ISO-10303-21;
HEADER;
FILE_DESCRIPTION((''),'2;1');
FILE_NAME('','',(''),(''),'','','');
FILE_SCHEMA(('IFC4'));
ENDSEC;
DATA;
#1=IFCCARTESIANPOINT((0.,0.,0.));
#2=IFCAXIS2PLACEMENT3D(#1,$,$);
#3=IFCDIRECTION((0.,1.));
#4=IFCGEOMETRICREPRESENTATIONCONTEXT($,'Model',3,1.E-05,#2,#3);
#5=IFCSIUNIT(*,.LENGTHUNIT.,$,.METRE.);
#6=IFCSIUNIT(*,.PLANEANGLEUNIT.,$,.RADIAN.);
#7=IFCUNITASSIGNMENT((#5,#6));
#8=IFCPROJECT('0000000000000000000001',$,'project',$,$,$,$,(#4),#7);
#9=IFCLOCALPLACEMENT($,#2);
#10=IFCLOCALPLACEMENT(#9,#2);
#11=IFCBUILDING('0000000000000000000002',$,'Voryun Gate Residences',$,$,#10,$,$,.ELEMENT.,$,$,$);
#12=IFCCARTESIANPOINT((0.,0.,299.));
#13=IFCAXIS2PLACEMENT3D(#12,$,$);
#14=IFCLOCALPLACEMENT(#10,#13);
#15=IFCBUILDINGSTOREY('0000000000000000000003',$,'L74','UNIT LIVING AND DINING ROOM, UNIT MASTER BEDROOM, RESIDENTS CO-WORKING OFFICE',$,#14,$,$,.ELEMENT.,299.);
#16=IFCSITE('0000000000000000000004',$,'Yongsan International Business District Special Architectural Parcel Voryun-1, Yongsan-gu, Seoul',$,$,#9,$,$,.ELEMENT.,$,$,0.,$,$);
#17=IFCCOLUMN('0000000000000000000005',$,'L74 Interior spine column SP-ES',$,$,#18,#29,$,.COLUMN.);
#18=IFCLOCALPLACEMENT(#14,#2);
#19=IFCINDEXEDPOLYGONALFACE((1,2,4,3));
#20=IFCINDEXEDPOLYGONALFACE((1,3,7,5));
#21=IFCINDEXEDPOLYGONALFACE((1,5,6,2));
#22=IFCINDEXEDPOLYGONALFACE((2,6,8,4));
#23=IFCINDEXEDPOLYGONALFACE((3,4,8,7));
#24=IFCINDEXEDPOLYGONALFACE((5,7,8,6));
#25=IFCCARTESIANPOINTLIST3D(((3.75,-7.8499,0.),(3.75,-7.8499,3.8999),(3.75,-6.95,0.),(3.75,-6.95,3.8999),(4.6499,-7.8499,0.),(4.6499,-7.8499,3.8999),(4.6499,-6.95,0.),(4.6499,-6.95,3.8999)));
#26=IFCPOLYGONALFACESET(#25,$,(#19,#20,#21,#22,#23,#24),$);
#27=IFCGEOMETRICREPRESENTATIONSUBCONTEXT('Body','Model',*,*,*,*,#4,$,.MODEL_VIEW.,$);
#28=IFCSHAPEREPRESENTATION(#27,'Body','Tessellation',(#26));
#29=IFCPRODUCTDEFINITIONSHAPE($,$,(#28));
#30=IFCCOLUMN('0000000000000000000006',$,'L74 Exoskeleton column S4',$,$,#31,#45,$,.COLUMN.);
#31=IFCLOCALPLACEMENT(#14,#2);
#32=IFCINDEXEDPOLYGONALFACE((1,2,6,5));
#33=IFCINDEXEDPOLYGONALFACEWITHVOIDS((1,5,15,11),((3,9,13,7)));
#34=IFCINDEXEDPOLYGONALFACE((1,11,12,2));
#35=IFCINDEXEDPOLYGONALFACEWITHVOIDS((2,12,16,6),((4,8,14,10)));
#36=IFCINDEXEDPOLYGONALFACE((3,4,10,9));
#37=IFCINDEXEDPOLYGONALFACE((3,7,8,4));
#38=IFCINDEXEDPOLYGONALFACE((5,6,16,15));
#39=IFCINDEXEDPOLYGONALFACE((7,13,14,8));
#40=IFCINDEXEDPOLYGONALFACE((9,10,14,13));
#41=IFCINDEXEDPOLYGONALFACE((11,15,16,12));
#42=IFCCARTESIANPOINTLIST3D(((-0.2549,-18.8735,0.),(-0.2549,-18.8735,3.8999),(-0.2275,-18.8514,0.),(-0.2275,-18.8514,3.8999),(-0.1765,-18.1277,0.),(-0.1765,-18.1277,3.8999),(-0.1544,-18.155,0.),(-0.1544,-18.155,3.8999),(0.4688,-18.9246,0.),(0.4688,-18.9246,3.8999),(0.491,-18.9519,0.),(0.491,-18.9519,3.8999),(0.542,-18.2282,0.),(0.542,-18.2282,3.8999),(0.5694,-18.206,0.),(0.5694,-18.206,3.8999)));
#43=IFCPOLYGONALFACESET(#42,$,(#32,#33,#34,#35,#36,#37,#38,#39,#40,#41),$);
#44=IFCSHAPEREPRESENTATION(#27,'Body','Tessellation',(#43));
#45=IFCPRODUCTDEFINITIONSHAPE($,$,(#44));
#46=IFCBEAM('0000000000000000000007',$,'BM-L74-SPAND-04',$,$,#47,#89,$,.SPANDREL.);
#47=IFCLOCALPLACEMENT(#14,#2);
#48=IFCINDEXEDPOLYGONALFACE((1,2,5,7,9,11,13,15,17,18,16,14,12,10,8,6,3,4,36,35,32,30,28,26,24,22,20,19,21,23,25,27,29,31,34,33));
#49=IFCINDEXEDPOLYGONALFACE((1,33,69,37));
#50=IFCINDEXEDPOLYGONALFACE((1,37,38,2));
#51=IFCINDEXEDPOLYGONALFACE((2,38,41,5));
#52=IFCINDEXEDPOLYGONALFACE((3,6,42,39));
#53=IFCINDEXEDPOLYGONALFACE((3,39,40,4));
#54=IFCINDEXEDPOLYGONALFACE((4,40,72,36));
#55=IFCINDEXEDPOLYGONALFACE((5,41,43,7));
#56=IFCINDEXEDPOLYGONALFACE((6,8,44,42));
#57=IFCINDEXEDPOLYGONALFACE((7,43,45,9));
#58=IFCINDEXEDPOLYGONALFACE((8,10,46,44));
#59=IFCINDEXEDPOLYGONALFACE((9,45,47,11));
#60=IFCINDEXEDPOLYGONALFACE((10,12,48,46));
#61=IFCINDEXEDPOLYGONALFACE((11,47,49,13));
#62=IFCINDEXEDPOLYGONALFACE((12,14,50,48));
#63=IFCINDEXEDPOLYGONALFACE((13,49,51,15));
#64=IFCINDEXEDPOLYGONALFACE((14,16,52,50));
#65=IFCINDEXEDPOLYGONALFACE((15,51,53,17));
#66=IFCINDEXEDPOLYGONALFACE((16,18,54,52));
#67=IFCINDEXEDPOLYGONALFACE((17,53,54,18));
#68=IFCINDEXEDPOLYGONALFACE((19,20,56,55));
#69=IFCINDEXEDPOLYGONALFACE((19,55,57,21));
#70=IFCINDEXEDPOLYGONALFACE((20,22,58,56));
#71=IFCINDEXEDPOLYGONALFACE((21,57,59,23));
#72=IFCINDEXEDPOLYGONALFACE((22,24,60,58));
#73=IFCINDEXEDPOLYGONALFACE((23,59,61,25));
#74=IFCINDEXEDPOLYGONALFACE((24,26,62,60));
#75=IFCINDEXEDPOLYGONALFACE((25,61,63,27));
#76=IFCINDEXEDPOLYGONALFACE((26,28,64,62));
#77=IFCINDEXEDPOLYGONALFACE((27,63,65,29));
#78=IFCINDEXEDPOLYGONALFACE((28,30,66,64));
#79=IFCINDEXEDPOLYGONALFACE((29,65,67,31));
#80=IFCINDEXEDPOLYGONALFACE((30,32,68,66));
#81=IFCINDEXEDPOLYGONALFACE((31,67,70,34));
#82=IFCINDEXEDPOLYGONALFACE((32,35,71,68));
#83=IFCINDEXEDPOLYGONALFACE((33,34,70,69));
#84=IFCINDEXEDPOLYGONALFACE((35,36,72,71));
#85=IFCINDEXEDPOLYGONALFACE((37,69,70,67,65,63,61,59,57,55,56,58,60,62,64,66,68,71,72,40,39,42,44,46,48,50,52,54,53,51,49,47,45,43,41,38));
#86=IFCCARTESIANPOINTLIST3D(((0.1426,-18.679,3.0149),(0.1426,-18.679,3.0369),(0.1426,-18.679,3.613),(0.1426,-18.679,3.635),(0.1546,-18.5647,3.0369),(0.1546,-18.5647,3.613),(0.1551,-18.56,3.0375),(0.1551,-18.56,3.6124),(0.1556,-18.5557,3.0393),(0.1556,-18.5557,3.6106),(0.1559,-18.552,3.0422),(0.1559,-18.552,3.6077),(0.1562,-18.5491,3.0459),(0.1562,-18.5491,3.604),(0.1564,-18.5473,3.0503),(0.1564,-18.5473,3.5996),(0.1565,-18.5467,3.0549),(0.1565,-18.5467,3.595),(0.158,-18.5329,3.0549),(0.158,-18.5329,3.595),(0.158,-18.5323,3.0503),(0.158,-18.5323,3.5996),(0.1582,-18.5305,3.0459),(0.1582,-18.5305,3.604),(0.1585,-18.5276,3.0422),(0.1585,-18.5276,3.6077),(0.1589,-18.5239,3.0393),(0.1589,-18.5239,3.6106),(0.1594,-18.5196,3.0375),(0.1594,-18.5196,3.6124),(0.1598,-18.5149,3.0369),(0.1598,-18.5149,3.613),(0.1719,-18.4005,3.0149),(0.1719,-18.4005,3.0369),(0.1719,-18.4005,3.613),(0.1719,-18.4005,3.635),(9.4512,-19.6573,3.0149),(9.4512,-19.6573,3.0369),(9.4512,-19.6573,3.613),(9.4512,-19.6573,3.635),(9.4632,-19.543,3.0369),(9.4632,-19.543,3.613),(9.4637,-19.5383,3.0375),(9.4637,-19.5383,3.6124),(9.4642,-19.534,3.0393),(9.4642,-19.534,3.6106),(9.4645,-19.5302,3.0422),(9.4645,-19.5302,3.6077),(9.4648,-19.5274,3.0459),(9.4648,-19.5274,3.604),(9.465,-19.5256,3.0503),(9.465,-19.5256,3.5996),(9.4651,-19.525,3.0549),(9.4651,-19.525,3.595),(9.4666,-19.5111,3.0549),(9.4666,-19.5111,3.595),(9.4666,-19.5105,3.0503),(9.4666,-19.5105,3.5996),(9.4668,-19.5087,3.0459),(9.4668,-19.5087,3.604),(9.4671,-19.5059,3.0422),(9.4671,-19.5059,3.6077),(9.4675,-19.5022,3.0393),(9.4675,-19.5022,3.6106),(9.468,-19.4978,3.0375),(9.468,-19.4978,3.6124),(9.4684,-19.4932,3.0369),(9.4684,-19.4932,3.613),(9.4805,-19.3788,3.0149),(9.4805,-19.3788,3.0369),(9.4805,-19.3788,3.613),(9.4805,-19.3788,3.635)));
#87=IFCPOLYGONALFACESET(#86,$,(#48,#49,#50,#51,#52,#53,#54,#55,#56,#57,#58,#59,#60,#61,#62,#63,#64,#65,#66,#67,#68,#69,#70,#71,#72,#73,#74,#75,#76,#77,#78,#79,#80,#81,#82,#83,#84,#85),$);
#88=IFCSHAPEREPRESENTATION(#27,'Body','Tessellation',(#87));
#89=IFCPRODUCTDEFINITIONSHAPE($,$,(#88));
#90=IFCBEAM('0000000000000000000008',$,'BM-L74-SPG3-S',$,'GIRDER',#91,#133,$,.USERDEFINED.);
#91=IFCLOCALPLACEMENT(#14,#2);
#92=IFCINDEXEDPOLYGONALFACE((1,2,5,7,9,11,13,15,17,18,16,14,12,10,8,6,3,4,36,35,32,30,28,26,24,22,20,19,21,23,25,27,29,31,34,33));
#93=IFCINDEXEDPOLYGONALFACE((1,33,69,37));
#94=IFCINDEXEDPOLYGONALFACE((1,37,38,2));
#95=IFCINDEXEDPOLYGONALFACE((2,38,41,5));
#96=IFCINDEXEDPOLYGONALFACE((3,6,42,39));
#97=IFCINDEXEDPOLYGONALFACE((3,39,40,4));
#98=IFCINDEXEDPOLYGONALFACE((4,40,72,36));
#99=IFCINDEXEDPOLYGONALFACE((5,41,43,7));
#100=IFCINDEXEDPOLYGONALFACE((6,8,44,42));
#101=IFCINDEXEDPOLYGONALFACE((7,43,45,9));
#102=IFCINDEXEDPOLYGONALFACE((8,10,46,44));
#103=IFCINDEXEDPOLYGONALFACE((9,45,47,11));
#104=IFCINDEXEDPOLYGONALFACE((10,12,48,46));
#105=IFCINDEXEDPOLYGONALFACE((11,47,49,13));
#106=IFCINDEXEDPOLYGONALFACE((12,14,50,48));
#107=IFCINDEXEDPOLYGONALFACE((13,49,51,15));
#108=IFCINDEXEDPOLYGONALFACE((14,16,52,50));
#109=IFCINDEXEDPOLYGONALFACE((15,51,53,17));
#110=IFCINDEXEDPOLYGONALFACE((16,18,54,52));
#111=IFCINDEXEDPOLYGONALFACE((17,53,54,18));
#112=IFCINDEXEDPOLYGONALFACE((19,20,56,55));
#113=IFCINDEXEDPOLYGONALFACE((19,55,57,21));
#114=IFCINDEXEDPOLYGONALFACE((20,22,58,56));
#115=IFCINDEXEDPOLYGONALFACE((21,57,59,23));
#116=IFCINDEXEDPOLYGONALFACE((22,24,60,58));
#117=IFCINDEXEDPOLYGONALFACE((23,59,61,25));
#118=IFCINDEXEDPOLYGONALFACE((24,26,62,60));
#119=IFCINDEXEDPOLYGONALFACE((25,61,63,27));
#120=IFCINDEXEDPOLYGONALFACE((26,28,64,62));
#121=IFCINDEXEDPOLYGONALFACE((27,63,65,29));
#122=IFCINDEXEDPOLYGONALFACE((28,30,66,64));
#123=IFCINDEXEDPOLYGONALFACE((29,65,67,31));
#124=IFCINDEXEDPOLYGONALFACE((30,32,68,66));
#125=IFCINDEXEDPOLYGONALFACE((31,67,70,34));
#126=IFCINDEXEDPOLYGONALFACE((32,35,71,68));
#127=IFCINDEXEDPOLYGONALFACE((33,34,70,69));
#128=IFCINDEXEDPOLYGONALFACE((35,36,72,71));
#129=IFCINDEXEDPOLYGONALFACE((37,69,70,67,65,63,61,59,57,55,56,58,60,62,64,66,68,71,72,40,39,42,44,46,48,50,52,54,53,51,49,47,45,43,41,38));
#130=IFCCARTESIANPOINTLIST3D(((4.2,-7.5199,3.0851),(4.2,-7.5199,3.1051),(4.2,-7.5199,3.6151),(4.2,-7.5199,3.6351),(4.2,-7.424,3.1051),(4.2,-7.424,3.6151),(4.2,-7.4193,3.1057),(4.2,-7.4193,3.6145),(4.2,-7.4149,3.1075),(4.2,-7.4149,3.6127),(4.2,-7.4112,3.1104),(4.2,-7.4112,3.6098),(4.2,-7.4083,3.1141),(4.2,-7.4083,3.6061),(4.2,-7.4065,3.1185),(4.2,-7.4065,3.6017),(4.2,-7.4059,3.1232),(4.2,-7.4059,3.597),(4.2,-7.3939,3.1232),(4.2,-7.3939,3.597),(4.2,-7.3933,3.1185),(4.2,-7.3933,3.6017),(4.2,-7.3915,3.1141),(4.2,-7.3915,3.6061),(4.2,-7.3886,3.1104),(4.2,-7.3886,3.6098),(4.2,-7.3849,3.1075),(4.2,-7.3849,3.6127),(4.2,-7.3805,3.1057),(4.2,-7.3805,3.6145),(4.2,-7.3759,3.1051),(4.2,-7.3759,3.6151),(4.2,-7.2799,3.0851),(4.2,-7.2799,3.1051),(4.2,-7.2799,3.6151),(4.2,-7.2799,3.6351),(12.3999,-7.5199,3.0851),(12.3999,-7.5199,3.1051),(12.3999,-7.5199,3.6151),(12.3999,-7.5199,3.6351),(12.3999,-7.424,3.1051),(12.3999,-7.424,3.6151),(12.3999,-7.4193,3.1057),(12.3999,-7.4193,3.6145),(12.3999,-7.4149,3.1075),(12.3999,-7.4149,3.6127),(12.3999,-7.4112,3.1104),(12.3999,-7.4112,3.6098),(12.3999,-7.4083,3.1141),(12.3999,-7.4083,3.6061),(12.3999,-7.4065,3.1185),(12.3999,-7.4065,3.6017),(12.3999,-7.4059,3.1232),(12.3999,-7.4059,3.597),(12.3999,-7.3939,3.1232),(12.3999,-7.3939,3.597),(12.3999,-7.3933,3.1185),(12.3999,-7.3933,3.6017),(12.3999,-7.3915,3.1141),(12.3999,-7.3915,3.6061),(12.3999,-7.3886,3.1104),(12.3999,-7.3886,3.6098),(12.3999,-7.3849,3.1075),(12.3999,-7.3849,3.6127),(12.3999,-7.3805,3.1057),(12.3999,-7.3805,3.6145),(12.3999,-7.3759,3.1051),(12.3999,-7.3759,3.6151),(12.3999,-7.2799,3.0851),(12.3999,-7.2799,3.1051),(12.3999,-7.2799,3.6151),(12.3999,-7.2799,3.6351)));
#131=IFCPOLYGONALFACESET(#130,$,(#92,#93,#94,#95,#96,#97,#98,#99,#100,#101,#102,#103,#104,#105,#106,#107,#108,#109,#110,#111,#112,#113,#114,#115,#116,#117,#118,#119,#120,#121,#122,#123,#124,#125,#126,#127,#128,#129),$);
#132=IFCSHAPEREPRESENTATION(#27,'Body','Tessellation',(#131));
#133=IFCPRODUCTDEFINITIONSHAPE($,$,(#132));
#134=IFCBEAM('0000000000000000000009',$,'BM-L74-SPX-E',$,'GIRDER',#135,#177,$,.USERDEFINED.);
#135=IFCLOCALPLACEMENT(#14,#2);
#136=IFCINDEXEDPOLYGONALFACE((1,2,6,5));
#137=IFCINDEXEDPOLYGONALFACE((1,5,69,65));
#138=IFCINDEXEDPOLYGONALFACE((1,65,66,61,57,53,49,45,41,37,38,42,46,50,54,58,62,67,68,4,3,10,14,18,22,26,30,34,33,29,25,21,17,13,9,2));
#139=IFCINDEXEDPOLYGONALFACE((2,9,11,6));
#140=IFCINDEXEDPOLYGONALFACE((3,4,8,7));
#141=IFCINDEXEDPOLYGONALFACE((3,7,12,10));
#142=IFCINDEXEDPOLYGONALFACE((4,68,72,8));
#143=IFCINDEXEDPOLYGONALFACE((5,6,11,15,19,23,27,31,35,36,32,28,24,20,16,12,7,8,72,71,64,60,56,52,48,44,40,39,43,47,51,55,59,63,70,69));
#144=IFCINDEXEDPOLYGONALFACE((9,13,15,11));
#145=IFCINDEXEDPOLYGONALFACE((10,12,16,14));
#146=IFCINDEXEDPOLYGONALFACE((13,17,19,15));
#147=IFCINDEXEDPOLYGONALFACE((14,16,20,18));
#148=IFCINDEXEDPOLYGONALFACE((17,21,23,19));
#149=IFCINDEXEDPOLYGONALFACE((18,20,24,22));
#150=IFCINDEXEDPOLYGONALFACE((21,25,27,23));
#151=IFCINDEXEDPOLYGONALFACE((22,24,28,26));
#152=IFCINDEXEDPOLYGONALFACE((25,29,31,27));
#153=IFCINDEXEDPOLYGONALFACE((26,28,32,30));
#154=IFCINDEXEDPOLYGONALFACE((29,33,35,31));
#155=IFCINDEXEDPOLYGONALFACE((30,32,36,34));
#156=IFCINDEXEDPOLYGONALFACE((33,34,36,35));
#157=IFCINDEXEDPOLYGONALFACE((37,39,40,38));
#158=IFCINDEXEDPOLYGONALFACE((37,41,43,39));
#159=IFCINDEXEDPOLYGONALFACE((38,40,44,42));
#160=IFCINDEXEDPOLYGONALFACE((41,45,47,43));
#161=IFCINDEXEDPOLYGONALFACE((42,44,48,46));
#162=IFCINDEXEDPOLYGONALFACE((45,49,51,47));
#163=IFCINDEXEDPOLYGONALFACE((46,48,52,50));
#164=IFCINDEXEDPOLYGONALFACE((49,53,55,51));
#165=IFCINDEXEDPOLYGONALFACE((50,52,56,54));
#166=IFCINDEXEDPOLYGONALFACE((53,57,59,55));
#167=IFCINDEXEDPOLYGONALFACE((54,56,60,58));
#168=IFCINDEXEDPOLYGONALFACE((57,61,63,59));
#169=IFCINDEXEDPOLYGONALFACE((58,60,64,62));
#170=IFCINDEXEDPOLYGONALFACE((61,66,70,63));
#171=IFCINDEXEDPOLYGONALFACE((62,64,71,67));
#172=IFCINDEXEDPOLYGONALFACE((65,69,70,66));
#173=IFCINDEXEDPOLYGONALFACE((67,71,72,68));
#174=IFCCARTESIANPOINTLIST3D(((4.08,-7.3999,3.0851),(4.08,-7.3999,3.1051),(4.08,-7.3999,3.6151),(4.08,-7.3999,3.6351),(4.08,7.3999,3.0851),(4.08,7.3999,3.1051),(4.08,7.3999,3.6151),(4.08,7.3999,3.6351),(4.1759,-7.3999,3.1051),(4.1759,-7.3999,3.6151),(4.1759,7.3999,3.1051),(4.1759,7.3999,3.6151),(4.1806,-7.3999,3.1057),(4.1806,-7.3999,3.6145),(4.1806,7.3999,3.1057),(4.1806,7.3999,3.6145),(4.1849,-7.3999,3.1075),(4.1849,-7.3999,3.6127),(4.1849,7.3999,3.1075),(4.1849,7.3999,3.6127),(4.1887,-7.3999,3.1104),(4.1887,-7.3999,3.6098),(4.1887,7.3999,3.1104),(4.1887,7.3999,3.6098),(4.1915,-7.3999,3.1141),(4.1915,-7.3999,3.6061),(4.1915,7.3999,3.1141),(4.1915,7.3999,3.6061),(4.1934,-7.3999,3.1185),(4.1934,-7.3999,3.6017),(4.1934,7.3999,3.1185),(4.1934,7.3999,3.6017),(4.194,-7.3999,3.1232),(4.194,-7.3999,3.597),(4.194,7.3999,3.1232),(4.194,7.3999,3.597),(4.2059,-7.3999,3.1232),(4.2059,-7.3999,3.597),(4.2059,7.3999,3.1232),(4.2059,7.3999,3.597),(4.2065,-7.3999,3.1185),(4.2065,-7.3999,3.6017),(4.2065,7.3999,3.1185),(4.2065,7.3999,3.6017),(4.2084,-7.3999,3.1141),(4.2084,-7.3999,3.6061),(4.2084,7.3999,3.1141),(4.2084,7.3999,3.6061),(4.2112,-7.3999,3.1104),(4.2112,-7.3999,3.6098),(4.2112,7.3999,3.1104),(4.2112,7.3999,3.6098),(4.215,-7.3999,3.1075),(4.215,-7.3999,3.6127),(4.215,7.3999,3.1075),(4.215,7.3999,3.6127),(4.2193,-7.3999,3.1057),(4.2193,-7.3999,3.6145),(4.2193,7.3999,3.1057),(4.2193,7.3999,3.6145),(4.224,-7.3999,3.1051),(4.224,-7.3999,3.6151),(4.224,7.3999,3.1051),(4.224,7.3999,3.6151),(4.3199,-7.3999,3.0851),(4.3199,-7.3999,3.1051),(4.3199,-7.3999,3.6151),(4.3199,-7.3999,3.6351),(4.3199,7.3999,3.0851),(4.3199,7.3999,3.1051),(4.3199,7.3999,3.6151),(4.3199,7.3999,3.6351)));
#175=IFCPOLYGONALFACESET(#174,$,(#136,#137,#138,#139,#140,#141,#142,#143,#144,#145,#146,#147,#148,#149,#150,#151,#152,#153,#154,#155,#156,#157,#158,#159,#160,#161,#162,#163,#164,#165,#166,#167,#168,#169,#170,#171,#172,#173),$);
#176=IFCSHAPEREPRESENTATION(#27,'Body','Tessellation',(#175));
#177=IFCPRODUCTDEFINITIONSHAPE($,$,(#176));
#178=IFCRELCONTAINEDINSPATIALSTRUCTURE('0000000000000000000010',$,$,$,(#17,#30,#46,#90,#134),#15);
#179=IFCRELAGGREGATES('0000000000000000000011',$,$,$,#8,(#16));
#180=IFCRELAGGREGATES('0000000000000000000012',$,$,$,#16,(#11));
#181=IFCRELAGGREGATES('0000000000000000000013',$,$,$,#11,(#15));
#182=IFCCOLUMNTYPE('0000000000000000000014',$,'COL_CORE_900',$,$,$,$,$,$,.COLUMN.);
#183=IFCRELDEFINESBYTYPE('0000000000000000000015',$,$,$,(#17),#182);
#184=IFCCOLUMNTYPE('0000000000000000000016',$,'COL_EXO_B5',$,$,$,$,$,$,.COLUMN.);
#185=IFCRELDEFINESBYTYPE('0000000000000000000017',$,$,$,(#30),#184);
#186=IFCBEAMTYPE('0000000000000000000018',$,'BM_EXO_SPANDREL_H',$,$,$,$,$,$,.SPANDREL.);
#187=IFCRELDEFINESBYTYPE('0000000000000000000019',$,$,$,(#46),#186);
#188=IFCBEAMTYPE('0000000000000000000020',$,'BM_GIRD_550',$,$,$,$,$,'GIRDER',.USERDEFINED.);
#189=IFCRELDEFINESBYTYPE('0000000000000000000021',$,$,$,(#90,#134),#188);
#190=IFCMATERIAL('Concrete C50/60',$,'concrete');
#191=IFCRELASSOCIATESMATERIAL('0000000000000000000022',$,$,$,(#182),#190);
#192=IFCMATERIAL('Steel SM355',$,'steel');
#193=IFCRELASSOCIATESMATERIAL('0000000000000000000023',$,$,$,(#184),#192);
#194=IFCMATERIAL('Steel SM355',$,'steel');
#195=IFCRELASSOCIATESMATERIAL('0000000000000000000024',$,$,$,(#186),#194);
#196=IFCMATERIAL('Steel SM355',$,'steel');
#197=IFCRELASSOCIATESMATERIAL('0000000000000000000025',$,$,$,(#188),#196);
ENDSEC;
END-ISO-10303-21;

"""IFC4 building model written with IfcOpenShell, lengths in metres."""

from ifc_helpers import new_model, si_unit, direction, frame, origin, origin_2d, place, context, subcontext, project, spatial, rectangle, hollow_rectangle, i_section, extrude, material, material_profile, profile_set, type_object, element, save


model = new_model("IFC4")

# Units and contexts
model_context = context("Model", 3, precision=1e-05, world=origin(), true_north=direction((0.0, 1.0)))
body_context = subcontext(model_context, "Body", "Model", "MODEL_VIEW")
ifc_project = project(units=[si_unit("LENGTHUNIT", "METRE"), si_unit("PLANEANGLEUNIT", "RADIAN")], contexts=[model_context])

# Site, building, storey
site_placement = place(None, origin())
site = spatial("IfcSite", under=ifc_project, at=site_placement, Name="Yongsan International Business District Special Architectural Parcel Voryun-1, Yongsan-gu, Seoul", CompositionType="ELEMENT", RefElevation=0.0)
building_placement = place(site_placement, origin())
building = spatial("IfcBuilding", under=site, at=building_placement, Name="Voryun Gate Residences", CompositionType="ELEMENT")
storey_placement = place(building_placement, frame((0.0, 0.0, 299.0)))
storey = spatial("IfcBuildingStorey", under=building, at=storey_placement, Name="L74", Description="UNIT LIVING AND DINING ROOM, UNIT MASTER BEDROOM, RESIDENTS CO-WORKING OFFICE", CompositionType="ELEMENT", Elevation=299.0)

# Columns
ifc_material_1 = material(Name="Concrete C50/60", Category="concrete")
ifc_material_profile_1 = material_profile(ifc_material_1, rectangle(XDim=0.8999, YDim=0.8999, at=origin_2d()), Name="RC-900x900")
ifc_profile_set_1 = profile_set([ifc_material_profile_1], Name="Concrete C50/60")
column_type_1 = type_object("IfcColumnType", Name="COL_CORE_900", PredefinedType="COLUMN", material=ifc_profile_set_1)
column_1_placement = place(storey_placement, frame((4.2, -7.3999, 0.0), z_axis=(0.0, 0.0, 1.0), x_axis=(1.0, 0.0, 0.0)))
element("IfcColumn", 1, at=column_1_placement, inside=storey, type_object=column_type_1, Name="L74 Interior spine column SP-ES", PredefinedType="COLUMN", context=body_context, shape_type="SweptSolid", body=[
    extrude(rectangle(XDim=0.8999, YDim=0.8999, at=origin_2d()), origin(), (0.0, 0.0, 1.0), 3.8999),
])
ifc_material_2 = material(Name="Steel SM355", Category="steel")
ifc_material_profile_2 = material_profile(ifc_material_2, hollow_rectangle(XDim=0.75, YDim=0.75, WallThickness=0.0249, at=origin_2d()), Name="BOX-750x750x25")
ifc_profile_set_2 = profile_set([ifc_material_profile_2], Name="Steel SM355")
column_type_2 = type_object("IfcColumnType", Name="COL_EXO_B5", PredefinedType="COLUMN", material=ifc_profile_set_2)
column_2_placement = place(storey_placement, frame((0.1572, -18.5398, 0.0), z_axis=(0.0, 0.0, 1.0), x_axis=(0.994522, -0.104528, 0.0)))
element("IfcColumn", 2, at=column_2_placement, inside=storey, type_object=column_type_2, Name="L74 Exoskeleton column S4", PredefinedType="COLUMN", context=body_context, shape_type="SweptSolid", body=[
    extrude(hollow_rectangle(XDim=0.75, YDim=0.75, WallThickness=0.0249, at=origin_2d()), origin(), (0.0, 0.0, 1.0), 3.8999),
])

# Beams
ifc_material_3 = material(Name="Steel SM355", Category="steel")
ifc_material_profile_3 = material_profile(ifc_material_3, i_section(OverallWidth=0.28, OverallDepth=0.6201, WebThickness=0.0139, FlangeThickness=0.022, FilletRadius=0.0181, at=origin_2d()), Name="H-620x280x14x22")
ifc_profile_set_3 = profile_set([ifc_material_profile_3], Name="Steel SM355")
beam_type_1 = type_object("IfcBeamType", Name="BM_EXO_SPANDREL_H", PredefinedType="SPANDREL", material=ifc_profile_set_3)
beam_1_placement = place(storey_placement, frame((0.1572, -18.5398, 3.325), z_axis=(0.994523, -0.104518, 0.0), x_axis=(0.104518, 0.994523, 0.0)))
element("IfcBeam", 3, at=beam_1_placement, inside=storey, type_object=beam_type_1, Name="BM-L74-SPAND-04", PredefinedType="SPANDREL", context=body_context, shape_type="SweptSolid", body=[
    extrude(i_section(OverallWidth=0.28, OverallDepth=0.6201, WebThickness=0.0139, FlangeThickness=0.022, FilletRadius=0.0181, at=origin_2d()), origin(), (0.0, 0.0, 1.0), 9.3599),
])
ifc_material_4 = material(Name="Steel SM355", Category="steel")
ifc_material_profile_4 = material_profile(ifc_material_4, i_section(OverallWidth=0.24, OverallDepth=0.55, WebThickness=0.012, FlangeThickness=0.02, FilletRadius=0.0181, at=origin_2d()), Name="H-550x240x12x20")
ifc_profile_set_4 = profile_set([ifc_material_profile_4], Name="Steel SM355")
beam_type_2 = type_object("IfcBeamType", Name="BM_GIRD_550", ElementType="GIRDER", PredefinedType="USERDEFINED", material=ifc_profile_set_4)
beam_2_placement = place(storey_placement, frame((4.2, -7.3999, 3.3601), z_axis=(1.0, 0.0, 0.0), x_axis=(0.0, 1.0, 0.0)))
element("IfcBeam", 4, at=beam_2_placement, inside=storey, type_object=beam_type_2, Name="BM-L74-SPG3-S", ObjectType="GIRDER", PredefinedType="USERDEFINED", context=body_context, shape_type="SweptSolid", body=[
    extrude(i_section(OverallWidth=0.24, OverallDepth=0.55, WebThickness=0.012, FlangeThickness=0.02, FilletRadius=0.0181, at=origin_2d()), origin(), (0.0, 0.0, 1.0), 8.2),
])
beam_3_placement = place(storey_placement, frame((4.2, -7.3999, 3.3601), z_axis=(0.0, 1.0, 0.0), x_axis=(-1.0, 0.0, 0.0)))
element("IfcBeam", 5, at=beam_3_placement, inside=storey, type_object=beam_type_2, Name="BM-L74-SPX-E", ObjectType="GIRDER", PredefinedType="USERDEFINED", context=body_context, shape_type="SweptSolid", body=[
    extrude(i_section(OverallWidth=0.24, OverallDepth=0.55, WebThickness=0.012, FlangeThickness=0.02, FilletRadius=0.0181, at=origin_2d()), origin(), (0.0, 0.0, 1.0), 14.7998),
])

save(model, "model.ifc")
